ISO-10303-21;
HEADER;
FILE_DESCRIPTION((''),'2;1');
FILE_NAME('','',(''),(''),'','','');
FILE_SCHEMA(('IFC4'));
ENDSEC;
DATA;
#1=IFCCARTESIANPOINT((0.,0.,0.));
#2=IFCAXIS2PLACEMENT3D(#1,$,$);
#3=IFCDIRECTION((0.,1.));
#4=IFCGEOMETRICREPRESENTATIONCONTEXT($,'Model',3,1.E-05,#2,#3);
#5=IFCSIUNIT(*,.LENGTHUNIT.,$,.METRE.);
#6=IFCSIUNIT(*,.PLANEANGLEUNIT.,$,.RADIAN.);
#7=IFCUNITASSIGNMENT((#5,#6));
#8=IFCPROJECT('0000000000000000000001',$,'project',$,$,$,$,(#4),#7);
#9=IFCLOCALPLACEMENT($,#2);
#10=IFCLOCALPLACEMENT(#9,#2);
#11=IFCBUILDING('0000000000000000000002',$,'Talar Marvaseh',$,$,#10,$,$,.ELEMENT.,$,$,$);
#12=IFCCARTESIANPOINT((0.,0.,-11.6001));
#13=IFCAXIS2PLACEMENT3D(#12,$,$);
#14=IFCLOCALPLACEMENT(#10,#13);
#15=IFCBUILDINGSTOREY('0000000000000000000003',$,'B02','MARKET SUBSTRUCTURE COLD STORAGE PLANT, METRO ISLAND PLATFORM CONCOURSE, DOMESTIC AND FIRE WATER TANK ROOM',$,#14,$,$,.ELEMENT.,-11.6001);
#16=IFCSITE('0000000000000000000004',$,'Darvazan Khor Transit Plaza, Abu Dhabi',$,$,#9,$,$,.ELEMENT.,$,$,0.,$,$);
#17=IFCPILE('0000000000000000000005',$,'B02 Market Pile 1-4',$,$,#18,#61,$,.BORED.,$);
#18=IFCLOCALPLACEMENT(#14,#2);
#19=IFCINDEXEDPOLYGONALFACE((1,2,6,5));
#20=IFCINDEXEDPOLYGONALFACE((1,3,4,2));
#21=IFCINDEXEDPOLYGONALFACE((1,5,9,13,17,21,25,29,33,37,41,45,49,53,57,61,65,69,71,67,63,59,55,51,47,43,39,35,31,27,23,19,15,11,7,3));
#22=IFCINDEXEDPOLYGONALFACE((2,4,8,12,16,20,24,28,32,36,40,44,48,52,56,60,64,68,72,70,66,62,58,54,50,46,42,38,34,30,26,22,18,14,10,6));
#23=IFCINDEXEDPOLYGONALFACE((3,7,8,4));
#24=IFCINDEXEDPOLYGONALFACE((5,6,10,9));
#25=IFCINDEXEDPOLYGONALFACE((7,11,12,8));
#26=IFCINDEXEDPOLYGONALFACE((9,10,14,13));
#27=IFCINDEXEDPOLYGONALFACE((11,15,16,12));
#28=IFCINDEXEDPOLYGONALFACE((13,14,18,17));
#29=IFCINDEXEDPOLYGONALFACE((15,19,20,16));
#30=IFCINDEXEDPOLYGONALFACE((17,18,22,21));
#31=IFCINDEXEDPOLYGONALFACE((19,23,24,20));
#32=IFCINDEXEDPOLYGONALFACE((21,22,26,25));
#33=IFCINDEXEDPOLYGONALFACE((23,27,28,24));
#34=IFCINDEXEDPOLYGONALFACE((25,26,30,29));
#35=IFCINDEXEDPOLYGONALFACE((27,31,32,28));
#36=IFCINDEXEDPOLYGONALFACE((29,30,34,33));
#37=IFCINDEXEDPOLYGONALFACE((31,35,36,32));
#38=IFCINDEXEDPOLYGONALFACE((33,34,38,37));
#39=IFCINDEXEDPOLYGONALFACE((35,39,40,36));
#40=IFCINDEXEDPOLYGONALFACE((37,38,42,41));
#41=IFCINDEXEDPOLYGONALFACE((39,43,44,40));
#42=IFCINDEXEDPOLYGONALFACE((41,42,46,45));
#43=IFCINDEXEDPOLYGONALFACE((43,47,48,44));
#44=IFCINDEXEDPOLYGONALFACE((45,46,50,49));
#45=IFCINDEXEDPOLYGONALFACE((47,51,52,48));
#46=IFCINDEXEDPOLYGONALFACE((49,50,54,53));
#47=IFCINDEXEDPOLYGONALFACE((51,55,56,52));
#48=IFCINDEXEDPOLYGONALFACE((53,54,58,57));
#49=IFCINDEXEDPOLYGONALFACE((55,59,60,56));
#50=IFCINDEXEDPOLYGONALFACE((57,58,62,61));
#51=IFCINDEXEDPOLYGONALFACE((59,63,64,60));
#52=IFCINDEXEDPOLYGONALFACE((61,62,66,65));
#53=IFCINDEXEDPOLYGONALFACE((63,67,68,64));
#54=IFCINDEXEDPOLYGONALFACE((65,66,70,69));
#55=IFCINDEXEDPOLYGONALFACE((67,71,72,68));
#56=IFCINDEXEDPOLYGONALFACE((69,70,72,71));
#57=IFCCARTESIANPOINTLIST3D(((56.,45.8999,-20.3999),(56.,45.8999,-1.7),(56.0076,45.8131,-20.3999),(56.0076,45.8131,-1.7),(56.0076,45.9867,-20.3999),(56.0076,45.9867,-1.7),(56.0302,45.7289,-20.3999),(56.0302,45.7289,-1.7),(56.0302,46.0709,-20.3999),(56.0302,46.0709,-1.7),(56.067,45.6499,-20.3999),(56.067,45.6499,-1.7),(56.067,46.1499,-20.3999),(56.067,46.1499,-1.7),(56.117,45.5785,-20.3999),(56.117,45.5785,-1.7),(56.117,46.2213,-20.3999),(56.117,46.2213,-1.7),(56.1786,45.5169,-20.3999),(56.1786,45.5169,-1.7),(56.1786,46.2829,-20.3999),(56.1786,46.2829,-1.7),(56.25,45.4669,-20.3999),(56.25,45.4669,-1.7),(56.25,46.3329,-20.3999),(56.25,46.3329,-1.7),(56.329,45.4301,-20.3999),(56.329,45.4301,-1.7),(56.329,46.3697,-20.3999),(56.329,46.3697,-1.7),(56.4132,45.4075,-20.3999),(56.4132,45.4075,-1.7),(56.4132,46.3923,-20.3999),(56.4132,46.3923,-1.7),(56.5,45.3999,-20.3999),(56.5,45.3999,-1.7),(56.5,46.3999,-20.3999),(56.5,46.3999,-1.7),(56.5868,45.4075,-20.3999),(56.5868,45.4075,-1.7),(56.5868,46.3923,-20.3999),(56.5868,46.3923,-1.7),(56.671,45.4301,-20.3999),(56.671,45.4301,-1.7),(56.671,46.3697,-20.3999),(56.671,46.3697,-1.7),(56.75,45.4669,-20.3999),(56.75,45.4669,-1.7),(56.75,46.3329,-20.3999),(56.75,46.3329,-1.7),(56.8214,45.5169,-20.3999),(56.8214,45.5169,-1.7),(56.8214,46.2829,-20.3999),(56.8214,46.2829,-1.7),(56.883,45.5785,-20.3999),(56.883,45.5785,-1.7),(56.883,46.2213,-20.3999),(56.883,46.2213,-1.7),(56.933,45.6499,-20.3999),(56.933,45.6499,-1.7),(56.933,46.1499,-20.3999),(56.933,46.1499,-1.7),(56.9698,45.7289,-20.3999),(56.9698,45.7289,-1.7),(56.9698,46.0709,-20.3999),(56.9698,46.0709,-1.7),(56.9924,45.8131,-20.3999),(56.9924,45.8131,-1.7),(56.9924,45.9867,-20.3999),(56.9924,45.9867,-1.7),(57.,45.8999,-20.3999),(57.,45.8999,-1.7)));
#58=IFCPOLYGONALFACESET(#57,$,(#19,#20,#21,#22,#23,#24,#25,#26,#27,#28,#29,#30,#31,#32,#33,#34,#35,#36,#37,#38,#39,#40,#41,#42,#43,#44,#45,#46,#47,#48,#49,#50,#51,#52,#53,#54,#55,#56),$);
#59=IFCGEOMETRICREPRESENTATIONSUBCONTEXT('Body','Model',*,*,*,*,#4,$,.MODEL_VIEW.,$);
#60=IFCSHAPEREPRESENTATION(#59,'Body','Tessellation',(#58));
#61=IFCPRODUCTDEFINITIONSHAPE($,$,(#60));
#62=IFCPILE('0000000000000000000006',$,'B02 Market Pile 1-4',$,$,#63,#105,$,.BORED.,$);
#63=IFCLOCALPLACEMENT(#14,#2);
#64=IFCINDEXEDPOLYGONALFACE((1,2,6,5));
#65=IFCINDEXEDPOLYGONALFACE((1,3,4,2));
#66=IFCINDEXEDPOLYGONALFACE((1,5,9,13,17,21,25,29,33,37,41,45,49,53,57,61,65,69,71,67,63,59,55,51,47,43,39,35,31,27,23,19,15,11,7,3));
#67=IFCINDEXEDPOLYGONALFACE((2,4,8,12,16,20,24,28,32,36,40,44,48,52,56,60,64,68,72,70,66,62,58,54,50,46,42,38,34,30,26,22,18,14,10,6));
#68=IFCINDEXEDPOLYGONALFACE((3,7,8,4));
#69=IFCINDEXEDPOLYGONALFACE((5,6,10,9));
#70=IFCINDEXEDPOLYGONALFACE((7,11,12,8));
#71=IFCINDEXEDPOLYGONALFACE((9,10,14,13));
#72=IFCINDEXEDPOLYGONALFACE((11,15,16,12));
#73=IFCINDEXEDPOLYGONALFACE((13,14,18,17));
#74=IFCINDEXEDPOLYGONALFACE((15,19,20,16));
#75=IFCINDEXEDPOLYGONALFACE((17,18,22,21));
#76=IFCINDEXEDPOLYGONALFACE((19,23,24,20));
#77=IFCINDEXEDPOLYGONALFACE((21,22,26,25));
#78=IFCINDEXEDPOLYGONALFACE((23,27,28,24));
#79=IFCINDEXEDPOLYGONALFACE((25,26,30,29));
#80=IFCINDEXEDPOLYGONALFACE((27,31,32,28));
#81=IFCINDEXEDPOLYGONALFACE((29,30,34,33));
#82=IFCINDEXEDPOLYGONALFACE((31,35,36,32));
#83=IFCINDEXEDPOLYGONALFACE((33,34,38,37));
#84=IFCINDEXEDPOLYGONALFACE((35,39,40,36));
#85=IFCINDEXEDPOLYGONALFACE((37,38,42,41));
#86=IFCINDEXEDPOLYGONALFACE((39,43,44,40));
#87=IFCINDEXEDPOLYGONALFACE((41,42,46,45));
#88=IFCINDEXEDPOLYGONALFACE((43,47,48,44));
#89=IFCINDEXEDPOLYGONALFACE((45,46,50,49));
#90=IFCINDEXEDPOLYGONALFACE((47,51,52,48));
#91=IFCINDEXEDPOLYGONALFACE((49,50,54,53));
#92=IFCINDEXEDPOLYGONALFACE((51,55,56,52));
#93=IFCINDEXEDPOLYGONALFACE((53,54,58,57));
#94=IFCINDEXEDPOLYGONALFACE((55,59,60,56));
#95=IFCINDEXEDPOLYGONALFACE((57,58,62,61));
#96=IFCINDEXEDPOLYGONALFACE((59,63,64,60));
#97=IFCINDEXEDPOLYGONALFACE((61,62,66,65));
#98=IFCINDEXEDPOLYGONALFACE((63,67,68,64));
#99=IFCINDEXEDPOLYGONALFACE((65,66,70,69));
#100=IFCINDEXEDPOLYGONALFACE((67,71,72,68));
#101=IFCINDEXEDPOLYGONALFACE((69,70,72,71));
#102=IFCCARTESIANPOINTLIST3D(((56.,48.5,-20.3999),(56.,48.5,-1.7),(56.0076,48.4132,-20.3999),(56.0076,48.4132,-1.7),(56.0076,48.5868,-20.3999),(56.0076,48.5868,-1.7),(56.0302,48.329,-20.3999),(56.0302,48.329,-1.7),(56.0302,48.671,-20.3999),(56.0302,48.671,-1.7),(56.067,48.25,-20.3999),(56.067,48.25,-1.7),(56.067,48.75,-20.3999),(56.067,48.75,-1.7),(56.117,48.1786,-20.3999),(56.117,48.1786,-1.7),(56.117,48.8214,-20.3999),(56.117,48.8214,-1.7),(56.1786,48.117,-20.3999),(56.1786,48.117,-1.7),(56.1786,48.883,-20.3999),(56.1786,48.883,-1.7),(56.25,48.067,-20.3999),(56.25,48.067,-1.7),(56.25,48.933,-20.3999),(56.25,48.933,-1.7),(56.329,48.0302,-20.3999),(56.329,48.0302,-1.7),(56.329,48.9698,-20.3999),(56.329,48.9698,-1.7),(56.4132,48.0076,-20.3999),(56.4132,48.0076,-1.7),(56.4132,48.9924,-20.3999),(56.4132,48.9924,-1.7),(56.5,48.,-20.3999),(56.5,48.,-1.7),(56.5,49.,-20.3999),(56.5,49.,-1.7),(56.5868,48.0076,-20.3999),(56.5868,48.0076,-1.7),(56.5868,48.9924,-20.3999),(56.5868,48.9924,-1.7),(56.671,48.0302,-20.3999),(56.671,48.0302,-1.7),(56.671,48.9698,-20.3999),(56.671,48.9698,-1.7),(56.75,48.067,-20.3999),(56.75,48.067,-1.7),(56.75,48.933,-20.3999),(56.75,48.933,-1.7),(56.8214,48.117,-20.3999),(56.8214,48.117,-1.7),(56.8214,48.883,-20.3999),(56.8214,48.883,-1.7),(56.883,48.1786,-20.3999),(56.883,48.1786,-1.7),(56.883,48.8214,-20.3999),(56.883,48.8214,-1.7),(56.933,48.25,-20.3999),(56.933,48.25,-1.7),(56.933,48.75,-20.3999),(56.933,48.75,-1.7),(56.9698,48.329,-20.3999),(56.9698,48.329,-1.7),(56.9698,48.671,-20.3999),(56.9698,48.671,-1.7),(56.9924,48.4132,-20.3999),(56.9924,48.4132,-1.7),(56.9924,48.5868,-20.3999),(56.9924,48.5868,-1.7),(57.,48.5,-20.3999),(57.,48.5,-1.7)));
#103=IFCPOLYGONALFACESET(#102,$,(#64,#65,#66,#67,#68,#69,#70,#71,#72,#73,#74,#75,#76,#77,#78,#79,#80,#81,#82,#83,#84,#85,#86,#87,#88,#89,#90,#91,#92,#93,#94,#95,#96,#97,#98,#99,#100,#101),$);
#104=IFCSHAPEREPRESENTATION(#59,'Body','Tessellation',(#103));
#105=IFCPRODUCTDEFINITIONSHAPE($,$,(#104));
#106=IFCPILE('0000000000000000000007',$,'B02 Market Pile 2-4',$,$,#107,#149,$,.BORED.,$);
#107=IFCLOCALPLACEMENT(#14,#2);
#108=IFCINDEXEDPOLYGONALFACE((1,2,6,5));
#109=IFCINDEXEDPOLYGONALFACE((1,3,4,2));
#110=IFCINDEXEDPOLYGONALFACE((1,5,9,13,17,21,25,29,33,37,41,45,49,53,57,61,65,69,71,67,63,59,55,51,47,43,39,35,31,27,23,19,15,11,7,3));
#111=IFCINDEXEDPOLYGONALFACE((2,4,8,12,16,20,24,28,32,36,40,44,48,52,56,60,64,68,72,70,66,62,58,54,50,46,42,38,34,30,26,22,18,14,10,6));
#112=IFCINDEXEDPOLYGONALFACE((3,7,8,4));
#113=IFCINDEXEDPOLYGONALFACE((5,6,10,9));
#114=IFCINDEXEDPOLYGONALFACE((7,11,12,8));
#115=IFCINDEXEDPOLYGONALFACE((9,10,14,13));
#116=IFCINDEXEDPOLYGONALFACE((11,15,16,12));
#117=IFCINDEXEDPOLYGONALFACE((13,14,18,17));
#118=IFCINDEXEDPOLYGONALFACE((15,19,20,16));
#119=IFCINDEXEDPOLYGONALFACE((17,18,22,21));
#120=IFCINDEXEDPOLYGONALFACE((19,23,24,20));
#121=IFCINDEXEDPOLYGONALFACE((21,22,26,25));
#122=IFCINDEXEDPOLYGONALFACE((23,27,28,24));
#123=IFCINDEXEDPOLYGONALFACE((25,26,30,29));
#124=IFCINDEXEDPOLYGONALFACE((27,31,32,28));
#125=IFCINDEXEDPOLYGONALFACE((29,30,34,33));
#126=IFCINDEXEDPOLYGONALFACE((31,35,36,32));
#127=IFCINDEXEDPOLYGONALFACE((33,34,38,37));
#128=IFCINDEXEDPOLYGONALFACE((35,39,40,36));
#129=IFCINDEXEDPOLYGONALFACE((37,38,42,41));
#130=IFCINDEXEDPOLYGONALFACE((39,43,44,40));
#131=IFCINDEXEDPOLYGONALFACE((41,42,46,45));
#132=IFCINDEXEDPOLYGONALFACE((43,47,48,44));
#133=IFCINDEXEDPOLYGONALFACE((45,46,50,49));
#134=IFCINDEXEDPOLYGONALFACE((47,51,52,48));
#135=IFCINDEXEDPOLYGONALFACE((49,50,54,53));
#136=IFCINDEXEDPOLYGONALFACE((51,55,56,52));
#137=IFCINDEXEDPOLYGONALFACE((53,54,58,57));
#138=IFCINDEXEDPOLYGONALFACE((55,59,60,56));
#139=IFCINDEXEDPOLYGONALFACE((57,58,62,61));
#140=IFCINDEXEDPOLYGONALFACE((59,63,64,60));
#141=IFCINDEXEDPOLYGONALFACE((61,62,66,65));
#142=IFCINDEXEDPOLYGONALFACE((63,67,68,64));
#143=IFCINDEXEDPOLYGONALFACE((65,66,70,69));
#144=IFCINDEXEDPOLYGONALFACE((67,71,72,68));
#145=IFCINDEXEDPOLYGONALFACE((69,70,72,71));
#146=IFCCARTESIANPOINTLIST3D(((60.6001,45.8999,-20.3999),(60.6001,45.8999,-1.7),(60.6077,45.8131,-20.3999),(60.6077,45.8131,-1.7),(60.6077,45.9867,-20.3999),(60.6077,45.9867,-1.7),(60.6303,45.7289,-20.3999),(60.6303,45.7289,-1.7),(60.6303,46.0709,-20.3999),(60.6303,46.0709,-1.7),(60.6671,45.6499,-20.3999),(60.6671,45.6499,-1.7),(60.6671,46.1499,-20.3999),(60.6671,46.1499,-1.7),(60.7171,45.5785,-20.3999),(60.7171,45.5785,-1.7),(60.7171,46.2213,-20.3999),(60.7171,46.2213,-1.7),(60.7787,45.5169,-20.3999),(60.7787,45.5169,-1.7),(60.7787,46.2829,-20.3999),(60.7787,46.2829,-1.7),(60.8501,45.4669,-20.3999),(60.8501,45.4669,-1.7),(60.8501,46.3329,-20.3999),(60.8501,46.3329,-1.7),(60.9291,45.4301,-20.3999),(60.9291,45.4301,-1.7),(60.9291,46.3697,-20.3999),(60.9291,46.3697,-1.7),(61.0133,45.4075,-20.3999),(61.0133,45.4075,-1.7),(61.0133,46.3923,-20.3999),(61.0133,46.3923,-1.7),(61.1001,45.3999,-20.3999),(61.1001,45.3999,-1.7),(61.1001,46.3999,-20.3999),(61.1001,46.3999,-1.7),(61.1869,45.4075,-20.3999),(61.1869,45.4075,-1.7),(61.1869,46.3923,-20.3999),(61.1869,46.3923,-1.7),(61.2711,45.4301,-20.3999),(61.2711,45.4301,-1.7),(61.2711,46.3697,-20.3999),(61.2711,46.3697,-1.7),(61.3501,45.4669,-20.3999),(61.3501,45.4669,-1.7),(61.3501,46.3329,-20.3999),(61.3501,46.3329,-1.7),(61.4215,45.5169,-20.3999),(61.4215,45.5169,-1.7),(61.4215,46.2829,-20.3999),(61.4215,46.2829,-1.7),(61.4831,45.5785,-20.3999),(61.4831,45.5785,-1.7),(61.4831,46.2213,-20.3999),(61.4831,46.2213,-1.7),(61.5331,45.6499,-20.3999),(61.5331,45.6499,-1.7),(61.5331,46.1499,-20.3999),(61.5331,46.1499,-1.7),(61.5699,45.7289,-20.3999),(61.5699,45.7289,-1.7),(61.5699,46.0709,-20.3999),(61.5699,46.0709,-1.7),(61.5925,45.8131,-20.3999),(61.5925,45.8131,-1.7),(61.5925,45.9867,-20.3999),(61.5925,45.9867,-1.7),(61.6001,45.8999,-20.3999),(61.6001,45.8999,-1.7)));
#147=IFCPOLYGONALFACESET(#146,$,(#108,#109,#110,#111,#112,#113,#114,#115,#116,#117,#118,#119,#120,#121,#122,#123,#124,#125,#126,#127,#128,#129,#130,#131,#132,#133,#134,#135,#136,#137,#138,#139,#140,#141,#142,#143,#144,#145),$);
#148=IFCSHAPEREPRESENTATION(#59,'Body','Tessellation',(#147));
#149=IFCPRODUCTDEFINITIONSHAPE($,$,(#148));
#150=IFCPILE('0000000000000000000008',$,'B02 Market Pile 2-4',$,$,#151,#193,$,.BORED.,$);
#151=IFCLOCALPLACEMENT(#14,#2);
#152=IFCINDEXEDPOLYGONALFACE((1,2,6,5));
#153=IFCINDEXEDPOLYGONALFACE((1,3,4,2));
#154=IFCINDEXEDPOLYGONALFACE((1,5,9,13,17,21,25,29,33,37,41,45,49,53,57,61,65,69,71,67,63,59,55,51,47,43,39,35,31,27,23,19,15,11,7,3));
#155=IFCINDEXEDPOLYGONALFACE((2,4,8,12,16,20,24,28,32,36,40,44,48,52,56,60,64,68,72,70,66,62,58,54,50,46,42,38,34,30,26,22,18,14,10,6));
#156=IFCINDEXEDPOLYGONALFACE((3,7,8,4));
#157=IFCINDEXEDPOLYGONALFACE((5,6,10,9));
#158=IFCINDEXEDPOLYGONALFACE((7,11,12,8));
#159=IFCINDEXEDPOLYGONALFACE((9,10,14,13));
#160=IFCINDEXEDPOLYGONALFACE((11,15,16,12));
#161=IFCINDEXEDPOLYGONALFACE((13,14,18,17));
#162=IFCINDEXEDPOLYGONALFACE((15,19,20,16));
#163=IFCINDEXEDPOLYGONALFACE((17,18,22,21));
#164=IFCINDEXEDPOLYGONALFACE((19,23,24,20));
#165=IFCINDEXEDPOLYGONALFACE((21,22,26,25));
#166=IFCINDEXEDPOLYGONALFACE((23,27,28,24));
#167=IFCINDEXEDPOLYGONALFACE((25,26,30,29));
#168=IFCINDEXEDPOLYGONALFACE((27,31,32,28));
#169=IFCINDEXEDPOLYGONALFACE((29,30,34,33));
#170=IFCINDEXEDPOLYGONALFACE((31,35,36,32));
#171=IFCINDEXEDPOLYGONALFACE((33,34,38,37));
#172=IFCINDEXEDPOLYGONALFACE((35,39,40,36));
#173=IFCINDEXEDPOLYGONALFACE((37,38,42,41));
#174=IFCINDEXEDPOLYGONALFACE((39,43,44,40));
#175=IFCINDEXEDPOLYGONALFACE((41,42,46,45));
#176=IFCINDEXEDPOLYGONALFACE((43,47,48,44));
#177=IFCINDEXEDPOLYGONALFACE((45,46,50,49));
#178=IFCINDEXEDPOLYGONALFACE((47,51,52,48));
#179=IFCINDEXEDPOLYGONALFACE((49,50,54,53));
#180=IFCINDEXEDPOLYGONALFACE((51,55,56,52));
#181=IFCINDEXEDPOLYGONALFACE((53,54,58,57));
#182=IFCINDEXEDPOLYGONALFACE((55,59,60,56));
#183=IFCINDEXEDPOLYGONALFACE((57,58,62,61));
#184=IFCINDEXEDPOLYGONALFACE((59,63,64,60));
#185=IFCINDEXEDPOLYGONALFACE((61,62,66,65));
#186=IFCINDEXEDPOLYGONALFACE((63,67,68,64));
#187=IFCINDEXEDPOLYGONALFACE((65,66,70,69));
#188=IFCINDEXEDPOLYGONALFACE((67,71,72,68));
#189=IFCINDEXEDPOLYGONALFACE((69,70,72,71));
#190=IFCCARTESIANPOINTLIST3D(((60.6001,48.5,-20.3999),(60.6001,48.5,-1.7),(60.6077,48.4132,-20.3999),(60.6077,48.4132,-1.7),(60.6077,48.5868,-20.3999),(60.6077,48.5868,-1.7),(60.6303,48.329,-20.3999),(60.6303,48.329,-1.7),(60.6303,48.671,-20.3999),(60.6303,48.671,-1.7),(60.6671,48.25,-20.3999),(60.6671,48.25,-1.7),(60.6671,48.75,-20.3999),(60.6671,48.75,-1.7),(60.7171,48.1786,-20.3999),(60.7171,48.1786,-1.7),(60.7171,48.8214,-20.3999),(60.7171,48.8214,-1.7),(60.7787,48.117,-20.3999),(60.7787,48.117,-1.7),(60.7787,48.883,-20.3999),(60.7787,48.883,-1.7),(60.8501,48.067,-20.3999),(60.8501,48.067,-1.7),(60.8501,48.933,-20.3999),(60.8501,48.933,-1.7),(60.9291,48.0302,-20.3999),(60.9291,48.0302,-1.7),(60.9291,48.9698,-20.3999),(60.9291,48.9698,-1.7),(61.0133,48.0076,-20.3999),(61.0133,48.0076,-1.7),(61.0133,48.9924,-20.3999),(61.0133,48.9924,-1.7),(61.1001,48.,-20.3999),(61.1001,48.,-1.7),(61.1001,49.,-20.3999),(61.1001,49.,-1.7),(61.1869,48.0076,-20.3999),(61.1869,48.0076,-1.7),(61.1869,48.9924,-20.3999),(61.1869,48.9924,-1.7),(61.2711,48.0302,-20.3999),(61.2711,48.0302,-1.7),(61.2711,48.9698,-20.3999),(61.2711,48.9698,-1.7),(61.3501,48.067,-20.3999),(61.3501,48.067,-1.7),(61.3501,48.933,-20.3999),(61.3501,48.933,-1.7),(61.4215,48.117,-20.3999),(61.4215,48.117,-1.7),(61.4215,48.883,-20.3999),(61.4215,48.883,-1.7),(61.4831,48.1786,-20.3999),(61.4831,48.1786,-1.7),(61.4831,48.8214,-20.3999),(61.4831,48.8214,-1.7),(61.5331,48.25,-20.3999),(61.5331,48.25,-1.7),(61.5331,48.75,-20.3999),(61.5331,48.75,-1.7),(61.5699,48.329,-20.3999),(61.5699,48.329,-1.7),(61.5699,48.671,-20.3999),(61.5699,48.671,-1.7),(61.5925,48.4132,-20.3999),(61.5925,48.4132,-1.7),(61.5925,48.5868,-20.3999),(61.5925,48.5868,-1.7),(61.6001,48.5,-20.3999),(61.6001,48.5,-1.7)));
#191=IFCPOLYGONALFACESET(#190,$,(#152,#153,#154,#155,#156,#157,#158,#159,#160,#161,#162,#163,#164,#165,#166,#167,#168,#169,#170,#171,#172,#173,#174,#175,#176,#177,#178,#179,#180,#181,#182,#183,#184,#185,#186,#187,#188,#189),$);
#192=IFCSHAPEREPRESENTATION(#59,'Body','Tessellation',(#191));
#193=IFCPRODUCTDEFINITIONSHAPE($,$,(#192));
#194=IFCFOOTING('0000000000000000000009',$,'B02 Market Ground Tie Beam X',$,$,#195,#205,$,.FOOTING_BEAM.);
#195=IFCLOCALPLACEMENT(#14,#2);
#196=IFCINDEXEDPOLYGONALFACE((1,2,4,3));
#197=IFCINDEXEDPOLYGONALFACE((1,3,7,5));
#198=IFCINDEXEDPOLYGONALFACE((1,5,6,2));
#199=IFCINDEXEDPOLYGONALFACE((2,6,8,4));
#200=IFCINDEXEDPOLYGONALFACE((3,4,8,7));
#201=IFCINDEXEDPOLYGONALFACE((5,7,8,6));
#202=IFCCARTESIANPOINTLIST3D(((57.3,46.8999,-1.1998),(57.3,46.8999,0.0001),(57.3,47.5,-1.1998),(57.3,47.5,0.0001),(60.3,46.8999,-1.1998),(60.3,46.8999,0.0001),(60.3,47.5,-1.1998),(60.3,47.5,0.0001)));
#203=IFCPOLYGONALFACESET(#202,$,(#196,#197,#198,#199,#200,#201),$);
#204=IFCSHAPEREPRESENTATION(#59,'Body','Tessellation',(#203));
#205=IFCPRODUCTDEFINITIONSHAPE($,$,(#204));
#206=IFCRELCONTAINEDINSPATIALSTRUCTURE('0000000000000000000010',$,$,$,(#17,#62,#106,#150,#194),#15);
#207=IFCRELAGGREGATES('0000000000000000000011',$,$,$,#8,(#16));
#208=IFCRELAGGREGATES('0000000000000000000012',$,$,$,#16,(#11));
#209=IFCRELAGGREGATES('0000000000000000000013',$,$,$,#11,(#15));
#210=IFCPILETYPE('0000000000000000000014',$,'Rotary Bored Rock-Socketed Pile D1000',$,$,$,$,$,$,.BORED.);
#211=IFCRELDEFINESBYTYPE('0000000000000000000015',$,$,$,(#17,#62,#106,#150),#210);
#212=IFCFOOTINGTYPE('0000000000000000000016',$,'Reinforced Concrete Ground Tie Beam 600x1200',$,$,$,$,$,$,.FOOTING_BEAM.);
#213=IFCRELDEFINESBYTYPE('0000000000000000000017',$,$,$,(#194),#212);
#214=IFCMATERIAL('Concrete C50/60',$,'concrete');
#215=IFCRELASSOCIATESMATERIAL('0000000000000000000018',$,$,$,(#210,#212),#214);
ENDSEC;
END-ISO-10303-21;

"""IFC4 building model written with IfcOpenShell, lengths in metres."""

from ifc_helpers import new_model, si_unit, direction, frame, origin, origin_2d, place, context, subcontext, project, spatial, rectangle, circle, extrude, source, transform, mapped, material, material_profile, profile_set, type_object, type_shapes, element, save


model = new_model("IFC4")

# Units and contexts
model_context = context("Model", 3, precision=1e-05, world=origin(), true_north=direction((0.0, 1.0)))
body_context = subcontext(model_context, "Body", "Model", "MODEL_VIEW")
ifc_project = project(units=[si_unit("LENGTHUNIT", "METRE"), si_unit("PLANEANGLEUNIT", "RADIAN")], contexts=[model_context])

# Site, building, storey
site_placement = place(None, origin())
site = spatial("IfcSite", under=ifc_project, at=site_placement, Name="Darvazan Khor Transit Plaza, Abu Dhabi", CompositionType="ELEMENT", RefElevation=0.0)
building_placement = place(site_placement, origin())
building = spatial("IfcBuilding", under=site, at=building_placement, Name="Talar Marvaseh", CompositionType="ELEMENT")
storey_placement = place(building_placement, frame((0.0, 0.0, -11.6001)))
storey = spatial("IfcBuildingStorey", under=building, at=storey_placement, Name="B02", Description="MARKET SUBSTRUCTURE COLD STORAGE PLANT, METRO ISLAND PLATFORM CONCOURSE, DOMESTIC AND FIRE WATER TANK ROOM", CompositionType="ELEMENT", Elevation=-11.6001)

# Piles
ifc_material_1 = material(Name="Concrete C50/60", Category="concrete")
ifc_material_profile_1 = material_profile(ifc_material_1, circle(Radius=0.5, at=origin_2d()), Name="PILE-D1000")
ifc_profile_set_1 = profile_set([ifc_material_profile_1], Name="Concrete C50/60")
pile_type = type_object("IfcPileType", Name="Rotary Bored Rock-Socketed Pile D1000", PredefinedType="BORED", material=ifc_profile_set_1)
shared_shape_1 = source(origin(), body_context, "Body", "SweptSolid", [
    extrude(circle(Radius=0.5, at=origin_2d()), origin(), (0.0, 0.0, 1.0), 18.7),
])
type_shapes(pile_type, [shared_shape_1])
for number, where, z_axis, x_axis, name in (
    (1, (56.5, 45.8999, -1.7), (0.0, 0.0, -1.0), (1.0, 0.0, 0.0), "B02 Market Pile 1-4"),
    (2, (56.5, 48.5, -1.7), (0.0, 0.0, -1.0), (1.0, 0.0, 0.0), "B02 Market Pile 1-4"),
    (3, (61.1001, 45.8999, -1.7), (0.0, 0.0, -1.0), (1.0, 0.0, 0.0), "B02 Market Pile 2-4"),
    (4, (61.1001, 48.5, -1.7), (0.0, 0.0, -1.0), (1.0, 0.0, 0.0), "B02 Market Pile 2-4"),
):
    element("IfcPile", number, at=place(storey_placement, frame(where, z_axis=z_axis, x_axis=x_axis)), inside=storey, type_object=pile_type, Name=name, PredefinedType="BORED", context=body_context, shape_type="MappedRepresentation", body=[
        mapped(shared_shape_1, transform((0.0, 0.0, 0.0), x_axis=(1.0, 0.0, 0.0), y_axis=(0.0, 1.0, 0.0), z_axis=(0.0, 0.0, 1.0), scale=1.0)),
    ])

# Footing
ifc_material_profile_2 = material_profile(ifc_material_1, rectangle(XDim=0.6001, YDim=1.2, at=origin_2d()), Name="RC600x1200")
ifc_profile_set_2 = profile_set([ifc_material_profile_2], Name="Concrete C50/60")
footing_type_1 = type_object("IfcFootingType", Name="Reinforced Concrete Ground Tie Beam 600x1200", PredefinedType="FOOTING_BEAM", material=ifc_profile_set_2)
shared_shape_2 = source(origin(), body_context, "Body", "SweptSolid", [
    extrude(rectangle(XDim=0.6001, YDim=1.2, at=origin_2d()), origin(), (0.0, 0.0, 1.0), 3.0),
])
type_shapes(footing_type_1, [shared_shape_2])
footing_1_placement = place(storey_placement, frame((57.3, 47.2, -0.5999), z_axis=(1.0, 0.0, 0.0), x_axis=(0.0, 1.0, 0.0)))
element("IfcFooting", 5, at=footing_1_placement, inside=storey, type_object=footing_type_1, Name="B02 Market Ground Tie Beam X", PredefinedType="FOOTING_BEAM", context=body_context, shape_type="MappedRepresentation", body=[
    mapped(shared_shape_2, transform((0.0, 0.0, 0.0), x_axis=(1.0, 0.0, 0.0), y_axis=(0.0, 1.0, 0.0), z_axis=(0.0, 0.0, 1.0), scale=1.0)),
])

save(model, "model.ifc")
